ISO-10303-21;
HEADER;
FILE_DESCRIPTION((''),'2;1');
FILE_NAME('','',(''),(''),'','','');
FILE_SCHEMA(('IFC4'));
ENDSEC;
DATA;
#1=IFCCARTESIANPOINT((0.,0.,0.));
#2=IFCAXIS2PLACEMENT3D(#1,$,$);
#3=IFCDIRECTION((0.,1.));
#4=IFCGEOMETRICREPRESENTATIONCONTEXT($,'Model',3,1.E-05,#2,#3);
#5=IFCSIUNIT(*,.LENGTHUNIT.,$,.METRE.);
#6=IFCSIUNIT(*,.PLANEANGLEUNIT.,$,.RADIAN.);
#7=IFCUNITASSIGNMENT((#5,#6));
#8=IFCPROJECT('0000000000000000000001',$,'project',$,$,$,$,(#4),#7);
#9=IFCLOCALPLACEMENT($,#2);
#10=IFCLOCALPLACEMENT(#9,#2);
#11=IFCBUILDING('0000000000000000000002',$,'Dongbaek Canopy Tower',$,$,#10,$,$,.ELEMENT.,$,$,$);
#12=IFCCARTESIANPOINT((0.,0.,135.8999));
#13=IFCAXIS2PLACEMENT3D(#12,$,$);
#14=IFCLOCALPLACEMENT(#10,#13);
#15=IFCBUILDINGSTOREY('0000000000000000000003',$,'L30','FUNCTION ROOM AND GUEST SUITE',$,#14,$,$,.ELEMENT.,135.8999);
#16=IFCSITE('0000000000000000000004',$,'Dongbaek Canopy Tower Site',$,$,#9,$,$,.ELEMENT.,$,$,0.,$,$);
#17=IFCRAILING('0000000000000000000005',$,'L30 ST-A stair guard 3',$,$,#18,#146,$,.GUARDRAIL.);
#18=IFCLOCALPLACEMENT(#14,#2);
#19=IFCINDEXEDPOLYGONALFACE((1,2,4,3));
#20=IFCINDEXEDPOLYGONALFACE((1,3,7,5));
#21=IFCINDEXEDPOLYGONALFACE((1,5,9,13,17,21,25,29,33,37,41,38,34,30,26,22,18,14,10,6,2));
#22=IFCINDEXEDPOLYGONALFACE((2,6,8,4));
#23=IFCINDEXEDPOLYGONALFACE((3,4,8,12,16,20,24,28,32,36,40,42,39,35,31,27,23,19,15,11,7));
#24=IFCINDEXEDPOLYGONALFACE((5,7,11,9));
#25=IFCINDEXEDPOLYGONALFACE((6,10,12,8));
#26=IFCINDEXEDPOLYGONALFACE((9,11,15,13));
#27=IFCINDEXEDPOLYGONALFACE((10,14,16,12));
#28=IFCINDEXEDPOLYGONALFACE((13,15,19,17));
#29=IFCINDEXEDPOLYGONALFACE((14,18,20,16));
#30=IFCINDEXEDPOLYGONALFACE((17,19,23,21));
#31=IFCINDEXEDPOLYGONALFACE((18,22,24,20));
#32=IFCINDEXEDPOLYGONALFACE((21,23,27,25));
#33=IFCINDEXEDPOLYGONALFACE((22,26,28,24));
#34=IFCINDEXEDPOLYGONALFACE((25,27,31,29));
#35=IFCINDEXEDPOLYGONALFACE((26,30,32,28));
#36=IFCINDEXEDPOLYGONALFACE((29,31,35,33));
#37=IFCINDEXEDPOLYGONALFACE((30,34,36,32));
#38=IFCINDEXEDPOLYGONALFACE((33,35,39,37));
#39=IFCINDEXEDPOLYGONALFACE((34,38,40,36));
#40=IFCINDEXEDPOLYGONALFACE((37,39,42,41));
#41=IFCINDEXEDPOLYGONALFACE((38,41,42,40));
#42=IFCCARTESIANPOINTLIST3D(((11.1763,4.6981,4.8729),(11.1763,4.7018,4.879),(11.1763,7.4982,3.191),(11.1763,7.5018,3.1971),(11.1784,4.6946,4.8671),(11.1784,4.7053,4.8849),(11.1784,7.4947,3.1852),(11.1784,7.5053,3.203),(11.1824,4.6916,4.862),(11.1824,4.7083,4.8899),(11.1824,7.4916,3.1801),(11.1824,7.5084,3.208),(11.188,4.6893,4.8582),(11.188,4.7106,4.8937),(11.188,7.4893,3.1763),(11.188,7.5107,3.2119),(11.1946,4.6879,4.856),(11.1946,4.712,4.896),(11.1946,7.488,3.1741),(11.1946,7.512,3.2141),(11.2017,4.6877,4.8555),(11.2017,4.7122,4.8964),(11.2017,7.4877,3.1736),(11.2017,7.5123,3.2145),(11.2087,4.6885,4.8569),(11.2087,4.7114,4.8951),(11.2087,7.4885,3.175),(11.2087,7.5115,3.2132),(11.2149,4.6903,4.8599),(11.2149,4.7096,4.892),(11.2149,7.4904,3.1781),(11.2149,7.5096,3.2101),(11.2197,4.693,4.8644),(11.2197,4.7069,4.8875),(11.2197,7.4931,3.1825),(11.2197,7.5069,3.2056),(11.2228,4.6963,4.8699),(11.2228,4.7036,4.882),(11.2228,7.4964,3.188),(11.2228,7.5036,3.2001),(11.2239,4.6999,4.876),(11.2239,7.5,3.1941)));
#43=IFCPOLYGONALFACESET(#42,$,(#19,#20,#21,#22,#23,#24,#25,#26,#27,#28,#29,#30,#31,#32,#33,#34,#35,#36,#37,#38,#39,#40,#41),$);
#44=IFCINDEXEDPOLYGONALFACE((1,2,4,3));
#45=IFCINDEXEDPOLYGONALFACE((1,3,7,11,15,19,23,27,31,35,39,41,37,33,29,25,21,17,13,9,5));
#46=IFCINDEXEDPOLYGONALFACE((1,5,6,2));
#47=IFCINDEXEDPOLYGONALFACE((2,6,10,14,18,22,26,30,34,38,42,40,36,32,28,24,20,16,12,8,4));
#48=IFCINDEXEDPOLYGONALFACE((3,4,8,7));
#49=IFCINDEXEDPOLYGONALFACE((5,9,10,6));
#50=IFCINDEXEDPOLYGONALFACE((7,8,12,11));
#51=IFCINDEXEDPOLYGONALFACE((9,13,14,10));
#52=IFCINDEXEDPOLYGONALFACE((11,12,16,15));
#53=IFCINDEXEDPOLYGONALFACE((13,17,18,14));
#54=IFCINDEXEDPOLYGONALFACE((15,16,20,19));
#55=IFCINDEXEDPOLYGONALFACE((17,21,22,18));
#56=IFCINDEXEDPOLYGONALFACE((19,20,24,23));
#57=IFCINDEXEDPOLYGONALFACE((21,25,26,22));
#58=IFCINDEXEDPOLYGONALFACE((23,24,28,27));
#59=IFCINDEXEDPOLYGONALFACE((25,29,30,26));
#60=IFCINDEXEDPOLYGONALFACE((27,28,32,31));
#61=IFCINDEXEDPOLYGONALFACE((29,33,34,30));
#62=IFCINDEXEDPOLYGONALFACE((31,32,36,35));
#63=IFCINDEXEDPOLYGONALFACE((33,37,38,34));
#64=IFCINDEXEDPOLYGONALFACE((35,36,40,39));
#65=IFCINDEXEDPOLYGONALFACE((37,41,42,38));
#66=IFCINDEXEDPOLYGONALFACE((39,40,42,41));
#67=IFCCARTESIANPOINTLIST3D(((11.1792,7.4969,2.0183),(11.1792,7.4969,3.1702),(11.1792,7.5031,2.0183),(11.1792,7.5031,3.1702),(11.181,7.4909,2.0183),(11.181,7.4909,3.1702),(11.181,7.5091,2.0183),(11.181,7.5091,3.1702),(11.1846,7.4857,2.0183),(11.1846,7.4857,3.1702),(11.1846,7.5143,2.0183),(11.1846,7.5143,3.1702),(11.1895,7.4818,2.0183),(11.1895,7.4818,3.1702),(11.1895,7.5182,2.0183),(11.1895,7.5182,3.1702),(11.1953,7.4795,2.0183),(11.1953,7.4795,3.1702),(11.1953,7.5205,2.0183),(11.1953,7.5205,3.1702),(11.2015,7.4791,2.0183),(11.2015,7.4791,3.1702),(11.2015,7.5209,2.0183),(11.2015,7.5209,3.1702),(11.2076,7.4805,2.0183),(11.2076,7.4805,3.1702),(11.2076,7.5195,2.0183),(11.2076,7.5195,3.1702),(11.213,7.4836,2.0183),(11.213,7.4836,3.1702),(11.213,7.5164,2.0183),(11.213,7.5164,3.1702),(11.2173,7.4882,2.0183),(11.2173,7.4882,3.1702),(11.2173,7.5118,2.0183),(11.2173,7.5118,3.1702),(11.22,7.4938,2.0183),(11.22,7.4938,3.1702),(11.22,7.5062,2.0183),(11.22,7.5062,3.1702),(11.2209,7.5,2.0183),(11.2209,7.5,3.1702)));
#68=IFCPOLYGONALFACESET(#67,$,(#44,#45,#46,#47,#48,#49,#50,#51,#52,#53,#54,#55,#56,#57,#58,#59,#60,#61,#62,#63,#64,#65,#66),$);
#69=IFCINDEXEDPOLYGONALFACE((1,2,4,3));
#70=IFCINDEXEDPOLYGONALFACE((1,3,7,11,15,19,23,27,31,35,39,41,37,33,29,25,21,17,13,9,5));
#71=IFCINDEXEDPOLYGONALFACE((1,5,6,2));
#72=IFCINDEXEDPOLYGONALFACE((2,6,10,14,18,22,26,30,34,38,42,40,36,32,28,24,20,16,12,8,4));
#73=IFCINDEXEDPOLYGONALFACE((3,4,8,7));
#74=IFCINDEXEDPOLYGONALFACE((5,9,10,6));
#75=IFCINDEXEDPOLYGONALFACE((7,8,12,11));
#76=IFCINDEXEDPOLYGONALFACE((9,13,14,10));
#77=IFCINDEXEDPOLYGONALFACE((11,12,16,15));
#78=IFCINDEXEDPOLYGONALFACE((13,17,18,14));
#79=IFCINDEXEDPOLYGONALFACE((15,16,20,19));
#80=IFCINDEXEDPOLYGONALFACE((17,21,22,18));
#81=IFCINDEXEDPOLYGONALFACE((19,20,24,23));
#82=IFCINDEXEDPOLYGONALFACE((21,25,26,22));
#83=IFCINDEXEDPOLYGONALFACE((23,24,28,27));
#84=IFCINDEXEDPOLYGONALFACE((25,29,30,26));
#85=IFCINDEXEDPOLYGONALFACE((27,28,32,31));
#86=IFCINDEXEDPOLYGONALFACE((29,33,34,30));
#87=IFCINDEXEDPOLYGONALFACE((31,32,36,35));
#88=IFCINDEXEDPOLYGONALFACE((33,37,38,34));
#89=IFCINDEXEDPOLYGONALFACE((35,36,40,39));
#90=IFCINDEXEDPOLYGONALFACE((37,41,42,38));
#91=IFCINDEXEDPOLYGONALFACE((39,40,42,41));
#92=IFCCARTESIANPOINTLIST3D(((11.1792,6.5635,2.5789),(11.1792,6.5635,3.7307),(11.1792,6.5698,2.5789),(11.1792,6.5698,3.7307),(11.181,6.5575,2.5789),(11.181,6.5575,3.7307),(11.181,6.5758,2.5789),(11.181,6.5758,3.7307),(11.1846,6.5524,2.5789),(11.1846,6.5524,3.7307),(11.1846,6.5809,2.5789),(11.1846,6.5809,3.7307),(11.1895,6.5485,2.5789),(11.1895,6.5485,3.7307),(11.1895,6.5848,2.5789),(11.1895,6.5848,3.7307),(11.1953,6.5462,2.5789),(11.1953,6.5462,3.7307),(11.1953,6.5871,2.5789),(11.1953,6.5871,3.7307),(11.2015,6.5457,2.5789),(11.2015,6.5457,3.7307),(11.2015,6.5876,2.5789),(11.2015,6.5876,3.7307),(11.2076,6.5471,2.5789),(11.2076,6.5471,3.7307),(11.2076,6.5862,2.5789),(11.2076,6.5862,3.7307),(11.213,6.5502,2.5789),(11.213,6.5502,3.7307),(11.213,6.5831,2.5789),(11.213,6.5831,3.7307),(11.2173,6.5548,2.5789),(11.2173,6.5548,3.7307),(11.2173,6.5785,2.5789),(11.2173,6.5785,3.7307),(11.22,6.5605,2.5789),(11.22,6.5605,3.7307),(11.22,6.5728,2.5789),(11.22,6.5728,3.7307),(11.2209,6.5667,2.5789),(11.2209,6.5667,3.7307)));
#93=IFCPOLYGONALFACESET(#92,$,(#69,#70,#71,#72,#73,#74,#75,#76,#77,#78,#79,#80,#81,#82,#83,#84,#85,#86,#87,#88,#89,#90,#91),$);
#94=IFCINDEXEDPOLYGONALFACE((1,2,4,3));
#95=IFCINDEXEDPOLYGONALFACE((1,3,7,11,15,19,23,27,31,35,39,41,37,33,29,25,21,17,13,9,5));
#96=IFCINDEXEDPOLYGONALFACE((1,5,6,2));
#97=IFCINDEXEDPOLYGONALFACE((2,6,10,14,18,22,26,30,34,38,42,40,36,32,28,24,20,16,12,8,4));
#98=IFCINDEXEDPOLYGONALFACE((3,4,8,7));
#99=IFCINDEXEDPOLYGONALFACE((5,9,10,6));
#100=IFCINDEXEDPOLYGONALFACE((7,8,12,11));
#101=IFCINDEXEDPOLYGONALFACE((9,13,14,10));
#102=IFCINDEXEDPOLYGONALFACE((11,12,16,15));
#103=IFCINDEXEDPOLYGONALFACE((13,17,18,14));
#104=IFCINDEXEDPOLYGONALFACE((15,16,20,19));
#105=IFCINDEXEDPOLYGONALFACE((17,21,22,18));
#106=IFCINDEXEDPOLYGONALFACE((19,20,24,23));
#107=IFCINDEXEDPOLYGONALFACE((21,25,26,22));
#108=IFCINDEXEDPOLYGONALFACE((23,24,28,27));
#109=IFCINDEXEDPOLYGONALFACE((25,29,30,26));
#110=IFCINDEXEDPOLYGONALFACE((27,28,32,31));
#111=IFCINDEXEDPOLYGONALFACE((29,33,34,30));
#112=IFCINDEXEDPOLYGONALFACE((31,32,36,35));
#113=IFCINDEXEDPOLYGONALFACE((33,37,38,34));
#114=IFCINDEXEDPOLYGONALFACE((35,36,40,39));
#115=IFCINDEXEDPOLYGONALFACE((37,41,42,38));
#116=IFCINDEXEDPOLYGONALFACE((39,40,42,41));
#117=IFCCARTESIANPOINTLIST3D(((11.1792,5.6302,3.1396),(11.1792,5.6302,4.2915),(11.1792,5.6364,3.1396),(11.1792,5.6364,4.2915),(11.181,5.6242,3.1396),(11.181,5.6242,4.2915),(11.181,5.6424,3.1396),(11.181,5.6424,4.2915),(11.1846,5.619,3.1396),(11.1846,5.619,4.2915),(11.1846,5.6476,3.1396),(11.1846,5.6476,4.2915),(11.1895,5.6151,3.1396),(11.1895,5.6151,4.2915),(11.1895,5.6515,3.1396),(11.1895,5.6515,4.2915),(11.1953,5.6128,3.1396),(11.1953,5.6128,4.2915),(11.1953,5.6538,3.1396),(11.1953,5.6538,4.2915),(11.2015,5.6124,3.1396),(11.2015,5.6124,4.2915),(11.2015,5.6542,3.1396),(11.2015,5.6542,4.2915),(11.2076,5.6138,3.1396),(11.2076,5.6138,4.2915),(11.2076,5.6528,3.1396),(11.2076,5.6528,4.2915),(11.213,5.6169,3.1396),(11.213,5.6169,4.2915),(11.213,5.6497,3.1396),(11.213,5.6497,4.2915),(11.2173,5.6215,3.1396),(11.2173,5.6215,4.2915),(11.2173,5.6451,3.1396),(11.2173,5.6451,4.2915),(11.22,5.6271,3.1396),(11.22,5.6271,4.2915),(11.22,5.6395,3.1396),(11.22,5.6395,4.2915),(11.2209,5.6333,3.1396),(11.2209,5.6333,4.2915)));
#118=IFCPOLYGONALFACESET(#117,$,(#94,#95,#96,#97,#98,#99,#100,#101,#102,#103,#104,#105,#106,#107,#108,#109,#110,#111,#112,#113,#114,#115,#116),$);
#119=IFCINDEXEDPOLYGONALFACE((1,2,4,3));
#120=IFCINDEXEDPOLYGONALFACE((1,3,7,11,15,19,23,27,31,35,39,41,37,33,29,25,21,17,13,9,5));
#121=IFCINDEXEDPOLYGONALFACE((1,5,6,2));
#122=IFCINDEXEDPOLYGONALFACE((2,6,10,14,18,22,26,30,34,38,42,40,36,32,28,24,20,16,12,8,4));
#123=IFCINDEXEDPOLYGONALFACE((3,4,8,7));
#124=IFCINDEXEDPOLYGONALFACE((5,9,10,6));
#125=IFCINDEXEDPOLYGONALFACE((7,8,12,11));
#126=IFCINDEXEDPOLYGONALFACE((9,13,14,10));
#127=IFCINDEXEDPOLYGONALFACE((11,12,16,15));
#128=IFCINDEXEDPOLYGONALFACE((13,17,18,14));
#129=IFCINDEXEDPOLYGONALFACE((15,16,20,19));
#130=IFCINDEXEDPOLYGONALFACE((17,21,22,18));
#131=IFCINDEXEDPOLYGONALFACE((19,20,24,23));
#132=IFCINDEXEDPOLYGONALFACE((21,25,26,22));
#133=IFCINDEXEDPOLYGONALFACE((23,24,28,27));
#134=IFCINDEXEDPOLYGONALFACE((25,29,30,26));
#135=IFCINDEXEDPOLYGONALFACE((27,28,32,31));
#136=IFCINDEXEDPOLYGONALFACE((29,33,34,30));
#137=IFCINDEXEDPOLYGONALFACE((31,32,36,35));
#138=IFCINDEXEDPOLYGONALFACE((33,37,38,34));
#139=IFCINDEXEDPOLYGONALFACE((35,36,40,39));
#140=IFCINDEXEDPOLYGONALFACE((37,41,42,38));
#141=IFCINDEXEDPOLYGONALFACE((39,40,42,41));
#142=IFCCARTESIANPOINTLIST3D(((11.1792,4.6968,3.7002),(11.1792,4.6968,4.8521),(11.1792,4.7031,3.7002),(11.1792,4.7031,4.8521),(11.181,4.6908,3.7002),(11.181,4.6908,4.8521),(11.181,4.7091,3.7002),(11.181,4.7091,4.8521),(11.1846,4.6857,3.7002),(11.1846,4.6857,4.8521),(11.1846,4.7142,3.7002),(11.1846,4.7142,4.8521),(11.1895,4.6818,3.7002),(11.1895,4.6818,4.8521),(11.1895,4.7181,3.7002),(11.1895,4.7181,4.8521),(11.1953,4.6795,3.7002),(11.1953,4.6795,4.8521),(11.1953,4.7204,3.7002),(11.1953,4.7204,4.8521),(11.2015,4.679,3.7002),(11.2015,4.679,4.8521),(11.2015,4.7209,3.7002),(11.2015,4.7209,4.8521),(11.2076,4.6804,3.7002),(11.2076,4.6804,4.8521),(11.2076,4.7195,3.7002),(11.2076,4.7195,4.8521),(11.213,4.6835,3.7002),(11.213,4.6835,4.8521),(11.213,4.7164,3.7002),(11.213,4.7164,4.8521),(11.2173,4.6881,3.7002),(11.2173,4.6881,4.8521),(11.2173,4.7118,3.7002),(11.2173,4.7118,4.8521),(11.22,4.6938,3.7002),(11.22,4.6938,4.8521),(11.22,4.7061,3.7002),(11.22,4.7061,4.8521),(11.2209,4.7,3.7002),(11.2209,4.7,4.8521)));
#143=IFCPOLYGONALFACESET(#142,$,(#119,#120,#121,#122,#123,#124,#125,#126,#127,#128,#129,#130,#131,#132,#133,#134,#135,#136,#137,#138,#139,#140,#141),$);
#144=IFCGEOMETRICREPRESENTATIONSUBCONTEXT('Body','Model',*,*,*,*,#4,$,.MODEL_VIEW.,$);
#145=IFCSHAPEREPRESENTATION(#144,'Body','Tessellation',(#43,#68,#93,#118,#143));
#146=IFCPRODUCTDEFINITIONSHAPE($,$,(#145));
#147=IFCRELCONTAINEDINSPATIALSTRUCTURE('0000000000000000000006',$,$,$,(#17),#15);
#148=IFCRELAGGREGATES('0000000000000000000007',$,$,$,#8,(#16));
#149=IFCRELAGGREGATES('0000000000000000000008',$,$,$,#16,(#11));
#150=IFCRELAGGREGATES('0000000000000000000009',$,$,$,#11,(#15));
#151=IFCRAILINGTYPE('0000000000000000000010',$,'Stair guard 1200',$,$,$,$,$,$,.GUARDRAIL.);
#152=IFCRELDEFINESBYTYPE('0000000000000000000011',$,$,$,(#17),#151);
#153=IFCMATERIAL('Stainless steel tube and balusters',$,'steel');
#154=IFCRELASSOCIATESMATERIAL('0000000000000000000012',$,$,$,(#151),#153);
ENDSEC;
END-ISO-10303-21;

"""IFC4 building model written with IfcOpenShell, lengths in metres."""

from ifc_helpers import new_model, si_unit, direction, frame, origin, origin_2d, place, context, subcontext, project, spatial, circle, extrude, material, type_object, element, save


model = new_model("IFC4")

# Units and contexts
model_context = context("Model", 3, precision=1e-05, world=origin(), true_north=direction((0.0, 1.0)))
body_context = subcontext(model_context, "Body", "Model", "MODEL_VIEW")
ifc_project = project(units=[si_unit("LENGTHUNIT", "METRE"), si_unit("PLANEANGLEUNIT", "RADIAN")], contexts=[model_context])

# Site, building, storey
site_placement = place(None, origin())
site = spatial("IfcSite", under=ifc_project, at=site_placement, Name="Dongbaek Canopy Tower Site", CompositionType="ELEMENT", RefElevation=0.0)
building_placement = place(site_placement, origin())
building = spatial("IfcBuilding", under=site, at=building_placement, Name="Dongbaek Canopy Tower", CompositionType="ELEMENT")
storey_placement = place(building_placement, frame((0.0, 0.0, 135.8999)))
storey = spatial("IfcBuildingStorey", under=building, at=storey_placement, Name="L30", Description="FUNCTION ROOM AND GUEST SUITE", CompositionType="ELEMENT", Elevation=135.8999)

# Railing
ifc_material_1 = material(Name="Stainless steel tube and balusters", Category="steel")
railing_type_1 = type_object("IfcRailingType", Name="Stair guard 1200", PredefinedType="GUARDRAIL", material=ifc_material_1)
railing_1_placement = place(storey_placement, frame((11.2, 7.5, 2.0183)))
element("IfcRailing", 1, at=railing_1_placement, inside=storey, type_object=railing_type_1, Name="L30 ST-A stair guard 3", PredefinedType="GUARDRAIL", context=body_context, shape_type="SweptSolid", body=[
    extrude(circle(Radius=0.0239, at=origin_2d()), frame((0.0, 0.0, 1.1758), z_axis=(0.0, -0.857242, 0.514913), x_axis=(1.0, 0.0, 0.0)), (0.0, 0.0, 1.0), 3.2664),
    extrude(circle(Radius=0.021, at=origin_2d()), origin(), (0.0, 0.0, 1.0), 1.1519),
    extrude(circle(Radius=0.021, at=origin_2d()), frame((0.0, -0.9333, 0.5605)), (0.0, 0.0, 1.0), 1.1519),
    extrude(circle(Radius=0.021, at=origin_2d()), frame((0.0, -1.8667, 1.1213)), (0.0, 0.0, 1.0), 1.1519),
    extrude(circle(Radius=0.021, at=origin_2d()), frame((0.0, -2.8, 1.6819)), (0.0, 0.0, 1.0), 1.1519),
])

save(model, "model.ifc")
